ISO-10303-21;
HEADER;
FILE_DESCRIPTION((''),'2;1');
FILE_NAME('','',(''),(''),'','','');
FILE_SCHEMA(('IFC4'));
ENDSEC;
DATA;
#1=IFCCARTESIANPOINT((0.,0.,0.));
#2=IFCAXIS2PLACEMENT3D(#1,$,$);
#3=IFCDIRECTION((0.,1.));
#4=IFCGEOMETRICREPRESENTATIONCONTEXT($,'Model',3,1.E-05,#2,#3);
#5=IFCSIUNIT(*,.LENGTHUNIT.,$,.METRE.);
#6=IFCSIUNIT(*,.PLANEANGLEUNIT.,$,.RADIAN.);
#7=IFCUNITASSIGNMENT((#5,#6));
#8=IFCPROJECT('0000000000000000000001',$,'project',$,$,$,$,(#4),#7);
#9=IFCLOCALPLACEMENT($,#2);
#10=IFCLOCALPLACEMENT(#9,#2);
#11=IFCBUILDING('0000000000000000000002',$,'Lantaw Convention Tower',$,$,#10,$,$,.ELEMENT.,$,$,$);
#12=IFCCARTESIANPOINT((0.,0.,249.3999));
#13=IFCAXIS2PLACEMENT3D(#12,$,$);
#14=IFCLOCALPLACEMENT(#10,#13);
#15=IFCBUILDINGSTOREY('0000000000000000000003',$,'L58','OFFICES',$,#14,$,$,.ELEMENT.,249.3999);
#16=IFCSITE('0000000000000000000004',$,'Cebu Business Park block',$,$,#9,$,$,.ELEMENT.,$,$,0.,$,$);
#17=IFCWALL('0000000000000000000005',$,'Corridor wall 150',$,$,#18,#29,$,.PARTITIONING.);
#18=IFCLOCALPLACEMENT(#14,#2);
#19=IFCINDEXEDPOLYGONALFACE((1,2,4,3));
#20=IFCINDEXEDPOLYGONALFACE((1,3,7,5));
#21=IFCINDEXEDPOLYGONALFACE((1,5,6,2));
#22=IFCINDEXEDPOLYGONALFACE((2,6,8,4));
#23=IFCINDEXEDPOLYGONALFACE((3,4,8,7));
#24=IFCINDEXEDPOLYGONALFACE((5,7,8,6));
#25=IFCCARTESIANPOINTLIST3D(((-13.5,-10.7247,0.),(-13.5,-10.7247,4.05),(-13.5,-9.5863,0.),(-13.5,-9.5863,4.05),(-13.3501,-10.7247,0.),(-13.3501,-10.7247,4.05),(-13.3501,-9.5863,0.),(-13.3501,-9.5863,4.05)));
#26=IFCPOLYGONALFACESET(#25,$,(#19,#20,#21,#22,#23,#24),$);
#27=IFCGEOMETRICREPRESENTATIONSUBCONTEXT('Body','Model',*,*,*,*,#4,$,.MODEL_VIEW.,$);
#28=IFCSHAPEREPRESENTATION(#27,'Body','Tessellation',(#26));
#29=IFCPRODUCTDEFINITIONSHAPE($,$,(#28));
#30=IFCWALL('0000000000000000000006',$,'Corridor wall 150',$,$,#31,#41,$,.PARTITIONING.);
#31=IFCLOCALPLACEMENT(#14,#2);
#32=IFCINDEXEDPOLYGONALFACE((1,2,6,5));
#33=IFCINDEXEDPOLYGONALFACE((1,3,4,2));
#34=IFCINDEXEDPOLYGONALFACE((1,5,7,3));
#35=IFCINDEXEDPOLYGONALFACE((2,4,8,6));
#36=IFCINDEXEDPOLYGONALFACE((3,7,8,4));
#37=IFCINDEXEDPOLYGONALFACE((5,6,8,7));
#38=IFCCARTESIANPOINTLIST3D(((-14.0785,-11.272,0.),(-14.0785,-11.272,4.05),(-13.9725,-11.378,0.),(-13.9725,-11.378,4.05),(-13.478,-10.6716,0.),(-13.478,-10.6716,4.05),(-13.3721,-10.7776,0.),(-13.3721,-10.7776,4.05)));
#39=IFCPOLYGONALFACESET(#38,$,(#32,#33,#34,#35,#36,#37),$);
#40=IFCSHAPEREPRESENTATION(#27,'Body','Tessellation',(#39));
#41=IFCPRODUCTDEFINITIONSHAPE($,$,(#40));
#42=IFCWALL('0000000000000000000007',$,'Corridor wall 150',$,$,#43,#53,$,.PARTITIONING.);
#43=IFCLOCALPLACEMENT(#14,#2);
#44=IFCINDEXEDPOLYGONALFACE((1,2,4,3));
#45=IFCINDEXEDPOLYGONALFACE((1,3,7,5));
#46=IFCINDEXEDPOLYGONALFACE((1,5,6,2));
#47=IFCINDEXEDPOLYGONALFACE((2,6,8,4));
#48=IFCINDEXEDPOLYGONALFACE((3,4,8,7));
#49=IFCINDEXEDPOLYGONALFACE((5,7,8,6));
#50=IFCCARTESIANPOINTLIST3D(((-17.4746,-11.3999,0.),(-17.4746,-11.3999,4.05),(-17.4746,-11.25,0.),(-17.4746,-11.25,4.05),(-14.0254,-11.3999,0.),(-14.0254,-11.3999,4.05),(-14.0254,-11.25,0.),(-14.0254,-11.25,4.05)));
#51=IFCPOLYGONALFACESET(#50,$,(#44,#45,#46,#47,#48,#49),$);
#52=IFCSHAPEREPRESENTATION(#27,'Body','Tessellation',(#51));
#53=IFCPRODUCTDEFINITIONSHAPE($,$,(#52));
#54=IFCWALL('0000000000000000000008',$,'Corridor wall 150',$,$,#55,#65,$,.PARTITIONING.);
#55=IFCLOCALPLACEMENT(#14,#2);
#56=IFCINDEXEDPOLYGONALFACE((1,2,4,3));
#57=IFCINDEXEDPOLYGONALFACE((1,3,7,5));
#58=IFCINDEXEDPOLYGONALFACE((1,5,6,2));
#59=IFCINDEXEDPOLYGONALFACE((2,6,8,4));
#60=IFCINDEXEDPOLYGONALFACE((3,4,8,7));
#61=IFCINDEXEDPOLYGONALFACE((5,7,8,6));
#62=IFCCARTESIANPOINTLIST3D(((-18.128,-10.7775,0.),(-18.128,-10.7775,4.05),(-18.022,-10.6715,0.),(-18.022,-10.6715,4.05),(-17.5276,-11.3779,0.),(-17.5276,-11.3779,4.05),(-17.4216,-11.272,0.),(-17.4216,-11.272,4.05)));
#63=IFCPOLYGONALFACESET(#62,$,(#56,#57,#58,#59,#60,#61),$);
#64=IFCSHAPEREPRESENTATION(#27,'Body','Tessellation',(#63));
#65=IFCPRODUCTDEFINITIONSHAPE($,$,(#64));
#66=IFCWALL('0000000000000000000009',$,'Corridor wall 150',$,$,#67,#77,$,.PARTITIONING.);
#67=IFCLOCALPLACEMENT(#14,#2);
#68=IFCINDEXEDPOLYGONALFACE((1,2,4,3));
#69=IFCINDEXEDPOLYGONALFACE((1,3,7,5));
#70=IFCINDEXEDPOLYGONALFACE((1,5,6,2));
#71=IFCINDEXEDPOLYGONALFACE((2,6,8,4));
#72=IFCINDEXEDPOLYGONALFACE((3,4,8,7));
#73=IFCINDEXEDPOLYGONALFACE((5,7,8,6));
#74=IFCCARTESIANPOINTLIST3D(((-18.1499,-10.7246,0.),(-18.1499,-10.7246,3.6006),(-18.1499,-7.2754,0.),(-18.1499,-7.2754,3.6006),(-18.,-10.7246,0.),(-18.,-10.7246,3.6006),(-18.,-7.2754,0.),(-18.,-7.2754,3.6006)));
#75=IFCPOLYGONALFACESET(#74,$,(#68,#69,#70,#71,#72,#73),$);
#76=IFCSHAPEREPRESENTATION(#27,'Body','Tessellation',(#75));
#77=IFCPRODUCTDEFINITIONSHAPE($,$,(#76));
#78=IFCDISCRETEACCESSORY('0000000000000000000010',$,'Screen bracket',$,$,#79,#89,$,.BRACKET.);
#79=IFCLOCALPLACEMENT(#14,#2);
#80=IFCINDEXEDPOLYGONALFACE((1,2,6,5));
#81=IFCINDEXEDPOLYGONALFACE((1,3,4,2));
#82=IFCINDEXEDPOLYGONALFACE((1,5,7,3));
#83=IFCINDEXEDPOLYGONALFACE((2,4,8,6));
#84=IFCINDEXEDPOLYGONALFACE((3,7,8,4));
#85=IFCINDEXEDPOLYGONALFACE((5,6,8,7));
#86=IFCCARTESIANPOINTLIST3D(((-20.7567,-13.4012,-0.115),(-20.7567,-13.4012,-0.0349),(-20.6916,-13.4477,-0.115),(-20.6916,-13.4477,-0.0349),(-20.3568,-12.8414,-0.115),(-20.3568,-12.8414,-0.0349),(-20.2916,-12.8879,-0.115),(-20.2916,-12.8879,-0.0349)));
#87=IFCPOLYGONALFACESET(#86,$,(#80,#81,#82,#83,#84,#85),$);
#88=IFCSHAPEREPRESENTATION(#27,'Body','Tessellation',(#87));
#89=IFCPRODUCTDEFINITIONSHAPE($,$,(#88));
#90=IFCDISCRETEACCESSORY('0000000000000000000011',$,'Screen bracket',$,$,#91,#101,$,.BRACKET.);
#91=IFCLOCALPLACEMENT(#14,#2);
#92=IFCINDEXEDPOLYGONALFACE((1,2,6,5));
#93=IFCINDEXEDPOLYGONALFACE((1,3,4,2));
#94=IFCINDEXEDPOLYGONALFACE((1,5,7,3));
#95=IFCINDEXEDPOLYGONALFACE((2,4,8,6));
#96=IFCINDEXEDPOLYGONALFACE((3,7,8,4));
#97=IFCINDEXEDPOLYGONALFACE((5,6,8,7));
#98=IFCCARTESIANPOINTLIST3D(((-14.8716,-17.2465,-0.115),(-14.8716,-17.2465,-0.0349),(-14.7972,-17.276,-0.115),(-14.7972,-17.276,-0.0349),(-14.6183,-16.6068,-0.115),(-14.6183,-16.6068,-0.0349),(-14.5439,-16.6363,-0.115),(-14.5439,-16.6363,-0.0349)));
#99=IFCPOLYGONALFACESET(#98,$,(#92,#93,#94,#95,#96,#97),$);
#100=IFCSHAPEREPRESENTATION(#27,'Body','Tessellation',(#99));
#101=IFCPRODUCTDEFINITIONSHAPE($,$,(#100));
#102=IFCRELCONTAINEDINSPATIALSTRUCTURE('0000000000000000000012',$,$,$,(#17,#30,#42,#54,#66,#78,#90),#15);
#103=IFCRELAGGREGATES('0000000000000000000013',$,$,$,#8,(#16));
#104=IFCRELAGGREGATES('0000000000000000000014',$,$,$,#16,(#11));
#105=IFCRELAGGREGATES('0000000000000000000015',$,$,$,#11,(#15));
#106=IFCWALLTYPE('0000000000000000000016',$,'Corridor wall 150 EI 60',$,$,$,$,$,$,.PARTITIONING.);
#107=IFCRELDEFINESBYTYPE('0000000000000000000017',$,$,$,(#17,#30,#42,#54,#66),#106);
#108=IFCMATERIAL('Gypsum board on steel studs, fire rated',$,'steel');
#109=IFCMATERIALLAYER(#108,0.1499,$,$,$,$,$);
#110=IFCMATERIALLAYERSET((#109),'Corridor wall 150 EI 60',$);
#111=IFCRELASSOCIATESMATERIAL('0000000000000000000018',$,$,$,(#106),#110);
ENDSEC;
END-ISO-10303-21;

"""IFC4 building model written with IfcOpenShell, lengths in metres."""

from ifc_helpers import new_model, si_unit, direction, frame, frame_2d, origin, origin_2d, place, context, subcontext, project, spatial, rectangle, extrude, material, layer, layer_set, type_object, element, save


model = new_model("IFC4")

# Units and contexts
model_context = context("Model", 3, precision=1e-05, world=origin(), true_north=direction((0.0, 1.0)))
body_context = subcontext(model_context, "Body", "Model", "MODEL_VIEW")
ifc_project = project(units=[si_unit("LENGTHUNIT", "METRE"), si_unit("PLANEANGLEUNIT", "RADIAN")], contexts=[model_context])

# Site, building, storey
site_placement = place(None, origin())
site = spatial("IfcSite", under=ifc_project, at=site_placement, Name="Cebu Business Park block", CompositionType="ELEMENT", RefElevation=0.0)
building_placement = place(site_placement, origin())
building = spatial("IfcBuilding", under=site, at=building_placement, Name="Lantaw Convention Tower", CompositionType="ELEMENT")
storey_placement = place(building_placement, frame((0.0, 0.0, 249.3999)))
storey = spatial("IfcBuildingStorey", under=building, at=storey_placement, Name="L58", Description="OFFICES", CompositionType="ELEMENT", Elevation=249.3999)

# Walls
ifc_material_1 = material(Name="Gypsum board on steel studs, fire rated", Category="steel")
ifc_layer_1 = layer(ifc_material_1, 0.1499)
ifc_layer_set_1 = layer_set([ifc_layer_1], Name="Corridor wall 150 EI 60")
wall_type = type_object("IfcWallType", Name="Corridor wall 150 EI 60", PredefinedType="PARTITIONING", material=ifc_layer_set_1)
wall_1_placement = place(storey_placement, frame((-13.425, -9.5862, 0.0), z_axis=(0.0, 0.0, 1.0), x_axis=(0.0, -1.0, 0.0)))
element("IfcWall", 1, at=wall_1_placement, inside=storey, type_object=wall_type, Name="Corridor wall 150", PredefinedType="PARTITIONING", context=body_context, shape_type="SweptSolid", body=[
    extrude(rectangle(XDim=1.1384, YDim=0.1499, at=frame_2d((0.5693, 0.0))), origin(), (0.0, 0.0, 1.0), 4.05),
])
wall_2_placement = place(storey_placement, frame((-13.425, -10.7246, 0.0), z_axis=(0.0, 0.0, 1.0), x_axis=(-0.707107, -0.707107, 0.0)))
element("IfcWall", 2, at=wall_2_placement, inside=storey, type_object=wall_type, Name="Corridor wall 150", PredefinedType="PARTITIONING", context=body_context, shape_type="SweptSolid", body=[
    extrude(rectangle(XDim=0.8491, YDim=0.1499, at=frame_2d((0.4246, 0.0))), origin(), (0.0, 0.0, 1.0), 4.05),
])
wall_3_placement = place(storey_placement, frame((-14.0254, -11.325, 0.0), z_axis=(0.0, 0.0, 1.0), x_axis=(-1.0, 0.0, 0.0)))
element("IfcWall", 3, at=wall_3_placement, inside=storey, type_object=wall_type, Name="Corridor wall 150", PredefinedType="PARTITIONING", context=body_context, shape_type="SweptSolid", body=[
    extrude(rectangle(XDim=3.4492, YDim=0.1499, at=frame_2d((1.7246, 0.0))), origin(), (0.0, 0.0, 1.0), 4.05),
])
wall_4_placement = place(storey_placement, frame((-17.4746, -11.325, 0.0), z_axis=(0.0, 0.0, 1.0), x_axis=(-0.707107, 0.707107, 0.0)))
element("IfcWall", 4, at=wall_4_placement, inside=storey, type_object=wall_type, Name="Corridor wall 150", PredefinedType="PARTITIONING", context=body_context, shape_type="SweptSolid", body=[
    extrude(rectangle(XDim=0.8491, YDim=0.1499, at=frame_2d((0.4246, 0.0))), origin(), (0.0, 0.0, 1.0), 4.05),
])
wall_5_placement = place(storey_placement, frame((-18.075, -10.7246, 0.0), z_axis=(0.0, 0.0, 1.0), x_axis=(0.0, 1.0, 0.0)))
element("IfcWall", 5, at=wall_5_placement, inside=storey, type_object=wall_type, Name="Corridor wall 150", PredefinedType="PARTITIONING", context=body_context, shape_type="SweptSolid", body=[
    extrude(rectangle(XDim=3.4492, YDim=0.1499, at=frame_2d((1.7246, 0.0))), origin(), (0.0, 0.0, 1.0), 3.6006),
])

# Discrete accessories
for number, where, z_axis, x_axis, name in (
    (6, (-20.5242, -13.1445, -0.115), (0.0, 0.0, 1.0), (0.813673, -0.581323, 0.0), "Screen bracket"),
    (7, (-14.7078, -16.9414, -0.115), (0.0, 0.0, 1.0), (0.929762, -0.368162, 0.0), "Screen bracket"),
):
    element("IfcDiscreteAccessory", number, at=place(storey_placement, frame(where, z_axis=z_axis, x_axis=x_axis)), inside=storey, Name=name, PredefinedType="BRACKET", context=body_context, shape_type="SweptSolid", body=[
        extrude(rectangle(XDim=0.0801, YDim=0.688, at=origin_2d()), origin(), (0.0, 0.0, 1.0), 0.0801),
    ])

save(model, "model.ifc")
